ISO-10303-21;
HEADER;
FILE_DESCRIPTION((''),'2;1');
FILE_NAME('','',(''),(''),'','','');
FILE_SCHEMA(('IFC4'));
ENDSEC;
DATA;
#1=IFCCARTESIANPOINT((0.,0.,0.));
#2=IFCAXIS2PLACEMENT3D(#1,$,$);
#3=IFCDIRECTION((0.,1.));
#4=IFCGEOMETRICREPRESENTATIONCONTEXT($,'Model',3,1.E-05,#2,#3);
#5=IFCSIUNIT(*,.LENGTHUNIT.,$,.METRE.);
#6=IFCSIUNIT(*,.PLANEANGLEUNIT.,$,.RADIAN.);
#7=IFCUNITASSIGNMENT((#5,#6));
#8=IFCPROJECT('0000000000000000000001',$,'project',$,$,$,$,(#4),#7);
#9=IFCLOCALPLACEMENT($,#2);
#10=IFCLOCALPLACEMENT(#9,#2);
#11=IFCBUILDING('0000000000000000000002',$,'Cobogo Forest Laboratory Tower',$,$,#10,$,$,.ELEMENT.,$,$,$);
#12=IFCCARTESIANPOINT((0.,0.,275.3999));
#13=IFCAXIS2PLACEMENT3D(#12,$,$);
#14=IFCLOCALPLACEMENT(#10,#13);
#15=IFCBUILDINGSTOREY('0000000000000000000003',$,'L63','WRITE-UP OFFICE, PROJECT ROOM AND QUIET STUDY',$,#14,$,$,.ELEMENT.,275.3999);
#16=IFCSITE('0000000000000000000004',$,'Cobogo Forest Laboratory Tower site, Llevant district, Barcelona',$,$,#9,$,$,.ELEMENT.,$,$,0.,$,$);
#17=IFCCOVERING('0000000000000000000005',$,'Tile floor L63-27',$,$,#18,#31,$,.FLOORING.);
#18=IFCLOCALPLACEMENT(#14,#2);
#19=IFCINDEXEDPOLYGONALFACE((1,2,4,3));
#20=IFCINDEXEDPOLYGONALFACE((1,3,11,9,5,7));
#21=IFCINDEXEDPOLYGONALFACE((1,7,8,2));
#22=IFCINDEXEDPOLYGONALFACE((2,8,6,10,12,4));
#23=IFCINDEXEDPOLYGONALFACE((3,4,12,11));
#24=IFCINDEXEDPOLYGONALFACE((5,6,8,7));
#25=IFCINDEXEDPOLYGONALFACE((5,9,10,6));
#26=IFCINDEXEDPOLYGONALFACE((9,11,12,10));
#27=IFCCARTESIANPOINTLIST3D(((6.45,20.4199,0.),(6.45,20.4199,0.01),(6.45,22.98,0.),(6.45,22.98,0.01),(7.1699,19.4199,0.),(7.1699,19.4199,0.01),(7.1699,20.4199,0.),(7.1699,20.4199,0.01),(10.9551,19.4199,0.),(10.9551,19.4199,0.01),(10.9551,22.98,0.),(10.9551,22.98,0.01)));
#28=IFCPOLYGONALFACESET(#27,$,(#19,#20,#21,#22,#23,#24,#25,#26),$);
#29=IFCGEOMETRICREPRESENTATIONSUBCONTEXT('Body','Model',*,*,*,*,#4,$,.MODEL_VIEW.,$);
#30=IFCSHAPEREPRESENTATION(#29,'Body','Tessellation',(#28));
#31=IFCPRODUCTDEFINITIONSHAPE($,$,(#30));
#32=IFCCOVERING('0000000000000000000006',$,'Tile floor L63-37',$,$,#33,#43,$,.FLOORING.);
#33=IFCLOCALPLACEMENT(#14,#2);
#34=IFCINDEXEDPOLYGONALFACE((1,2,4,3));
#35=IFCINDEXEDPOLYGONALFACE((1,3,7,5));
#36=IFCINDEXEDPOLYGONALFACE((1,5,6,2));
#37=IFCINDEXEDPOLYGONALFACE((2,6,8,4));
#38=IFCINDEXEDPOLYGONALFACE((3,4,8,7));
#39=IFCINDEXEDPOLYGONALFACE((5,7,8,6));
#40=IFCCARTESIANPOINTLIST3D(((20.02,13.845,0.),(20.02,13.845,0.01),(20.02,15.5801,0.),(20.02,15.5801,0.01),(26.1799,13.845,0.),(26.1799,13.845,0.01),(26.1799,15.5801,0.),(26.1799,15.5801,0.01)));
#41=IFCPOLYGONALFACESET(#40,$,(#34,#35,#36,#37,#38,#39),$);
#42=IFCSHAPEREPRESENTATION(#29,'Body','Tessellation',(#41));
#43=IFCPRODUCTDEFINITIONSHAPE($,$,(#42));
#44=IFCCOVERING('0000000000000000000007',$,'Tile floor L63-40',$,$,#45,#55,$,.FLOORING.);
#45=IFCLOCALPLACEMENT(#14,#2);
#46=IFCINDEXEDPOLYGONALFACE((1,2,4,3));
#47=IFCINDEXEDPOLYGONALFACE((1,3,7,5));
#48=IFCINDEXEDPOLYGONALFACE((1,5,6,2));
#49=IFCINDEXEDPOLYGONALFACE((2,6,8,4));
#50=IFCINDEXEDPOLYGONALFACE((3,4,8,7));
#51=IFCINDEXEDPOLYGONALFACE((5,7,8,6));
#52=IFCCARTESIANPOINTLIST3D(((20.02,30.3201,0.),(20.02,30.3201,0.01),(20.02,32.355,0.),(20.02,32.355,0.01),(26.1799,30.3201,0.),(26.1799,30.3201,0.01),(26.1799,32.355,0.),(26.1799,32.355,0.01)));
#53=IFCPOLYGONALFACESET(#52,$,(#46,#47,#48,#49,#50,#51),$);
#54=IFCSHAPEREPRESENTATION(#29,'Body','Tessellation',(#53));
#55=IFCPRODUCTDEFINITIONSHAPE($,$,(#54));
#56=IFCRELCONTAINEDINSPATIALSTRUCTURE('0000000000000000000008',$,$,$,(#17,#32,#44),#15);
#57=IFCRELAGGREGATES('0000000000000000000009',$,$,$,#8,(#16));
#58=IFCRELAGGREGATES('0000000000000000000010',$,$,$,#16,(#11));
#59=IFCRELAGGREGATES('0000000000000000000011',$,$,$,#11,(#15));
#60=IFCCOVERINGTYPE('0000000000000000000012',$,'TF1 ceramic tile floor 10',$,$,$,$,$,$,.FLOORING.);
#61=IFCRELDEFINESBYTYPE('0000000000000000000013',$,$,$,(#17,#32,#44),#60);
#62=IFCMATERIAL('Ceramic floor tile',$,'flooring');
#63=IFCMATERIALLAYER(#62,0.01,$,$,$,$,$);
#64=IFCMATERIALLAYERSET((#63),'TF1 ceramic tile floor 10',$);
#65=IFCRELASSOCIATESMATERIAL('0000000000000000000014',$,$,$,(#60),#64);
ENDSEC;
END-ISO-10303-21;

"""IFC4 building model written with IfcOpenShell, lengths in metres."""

from ifc_helpers import new_model, si_unit, direction, frame, origin, place, context, subcontext, project, spatial, polyline, outline, extrude, material, layer, layer_set, type_object, element, save


model = new_model("IFC4")

# Units and contexts
model_context = context("Model", 3, precision=1e-05, world=origin(), true_north=direction((0.0, 1.0)))
body_context = subcontext(model_context, "Body", "Model", "MODEL_VIEW")
ifc_project = project(units=[si_unit("LENGTHUNIT", "METRE"), si_unit("PLANEANGLEUNIT", "RADIAN")], contexts=[model_context])

# Site, building, storey
site_placement = place(None, origin())
site = spatial("IfcSite", under=ifc_project, at=site_placement, Name="Cobogo Forest Laboratory Tower site, Llevant district, Barcelona", CompositionType="ELEMENT", RefElevation=0.0)
building_placement = place(site_placement, origin())
building = spatial("IfcBuilding", under=site, at=building_placement, Name="Cobogo Forest Laboratory Tower", CompositionType="ELEMENT")
storey_placement = place(building_placement, frame((0.0, 0.0, 275.3999)))
storey = spatial("IfcBuildingStorey", under=building, at=storey_placement, Name="L63", Description="WRITE-UP OFFICE, PROJECT ROOM AND QUIET STUDY", CompositionType="ELEMENT", Elevation=275.3999)

# Coverings
ifc_material_1 = material(Name="Ceramic floor tile", Category="flooring")
ifc_layer_1 = layer(ifc_material_1, 0.01)
ifc_layer_set_1 = layer_set([ifc_layer_1], Name="TF1 ceramic tile floor 10")
covering_type_1 = type_object("IfcCoveringType", Name="TF1 ceramic tile floor 10", PredefinedType="FLOORING", material=ifc_layer_set_1)
covering_1_placement = place(storey_placement, origin())
element("IfcCovering", 1, at=covering_1_placement, inside=storey, type_object=covering_type_1, Name="Tile floor L63-27", PredefinedType="FLOORING", context=body_context, shape_type="SweptSolid", body=[
    extrude(outline(polyline([(10.9551, 19.4199), (7.1699, 19.4199), (7.1699, 20.4199), (6.45, 20.4199), (6.45, 22.98), (10.9551, 22.98), (10.9551, 19.4199)])), origin(), (0.0, 0.0, 1.0), 0.01),
])
covering_2_placement = place(storey_placement, origin())
element("IfcCovering", 2, at=covering_2_placement, inside=storey, type_object=covering_type_1, Name="Tile floor L63-37", PredefinedType="FLOORING", context=body_context, shape_type="SweptSolid", body=[
    extrude(outline(polyline([(26.1799, 13.845), (20.02, 13.845), (20.02, 15.5801), (26.1799, 15.5801), (26.1799, 13.845)])), origin(), (0.0, 0.0, 1.0), 0.01),
])
covering_3_placement = place(storey_placement, origin())
element("IfcCovering", 3, at=covering_3_placement, inside=storey, type_object=covering_type_1, Name="Tile floor L63-40", PredefinedType="FLOORING", context=body_context, shape_type="SweptSolid", body=[
    extrude(outline(polyline([(26.1799, 30.3201), (20.02, 30.3201), (20.02, 32.355), (26.1799, 32.355), (26.1799, 30.3201)])), origin(), (0.0, 0.0, 1.0), 0.01),
])

save(model, "model.ifc")
